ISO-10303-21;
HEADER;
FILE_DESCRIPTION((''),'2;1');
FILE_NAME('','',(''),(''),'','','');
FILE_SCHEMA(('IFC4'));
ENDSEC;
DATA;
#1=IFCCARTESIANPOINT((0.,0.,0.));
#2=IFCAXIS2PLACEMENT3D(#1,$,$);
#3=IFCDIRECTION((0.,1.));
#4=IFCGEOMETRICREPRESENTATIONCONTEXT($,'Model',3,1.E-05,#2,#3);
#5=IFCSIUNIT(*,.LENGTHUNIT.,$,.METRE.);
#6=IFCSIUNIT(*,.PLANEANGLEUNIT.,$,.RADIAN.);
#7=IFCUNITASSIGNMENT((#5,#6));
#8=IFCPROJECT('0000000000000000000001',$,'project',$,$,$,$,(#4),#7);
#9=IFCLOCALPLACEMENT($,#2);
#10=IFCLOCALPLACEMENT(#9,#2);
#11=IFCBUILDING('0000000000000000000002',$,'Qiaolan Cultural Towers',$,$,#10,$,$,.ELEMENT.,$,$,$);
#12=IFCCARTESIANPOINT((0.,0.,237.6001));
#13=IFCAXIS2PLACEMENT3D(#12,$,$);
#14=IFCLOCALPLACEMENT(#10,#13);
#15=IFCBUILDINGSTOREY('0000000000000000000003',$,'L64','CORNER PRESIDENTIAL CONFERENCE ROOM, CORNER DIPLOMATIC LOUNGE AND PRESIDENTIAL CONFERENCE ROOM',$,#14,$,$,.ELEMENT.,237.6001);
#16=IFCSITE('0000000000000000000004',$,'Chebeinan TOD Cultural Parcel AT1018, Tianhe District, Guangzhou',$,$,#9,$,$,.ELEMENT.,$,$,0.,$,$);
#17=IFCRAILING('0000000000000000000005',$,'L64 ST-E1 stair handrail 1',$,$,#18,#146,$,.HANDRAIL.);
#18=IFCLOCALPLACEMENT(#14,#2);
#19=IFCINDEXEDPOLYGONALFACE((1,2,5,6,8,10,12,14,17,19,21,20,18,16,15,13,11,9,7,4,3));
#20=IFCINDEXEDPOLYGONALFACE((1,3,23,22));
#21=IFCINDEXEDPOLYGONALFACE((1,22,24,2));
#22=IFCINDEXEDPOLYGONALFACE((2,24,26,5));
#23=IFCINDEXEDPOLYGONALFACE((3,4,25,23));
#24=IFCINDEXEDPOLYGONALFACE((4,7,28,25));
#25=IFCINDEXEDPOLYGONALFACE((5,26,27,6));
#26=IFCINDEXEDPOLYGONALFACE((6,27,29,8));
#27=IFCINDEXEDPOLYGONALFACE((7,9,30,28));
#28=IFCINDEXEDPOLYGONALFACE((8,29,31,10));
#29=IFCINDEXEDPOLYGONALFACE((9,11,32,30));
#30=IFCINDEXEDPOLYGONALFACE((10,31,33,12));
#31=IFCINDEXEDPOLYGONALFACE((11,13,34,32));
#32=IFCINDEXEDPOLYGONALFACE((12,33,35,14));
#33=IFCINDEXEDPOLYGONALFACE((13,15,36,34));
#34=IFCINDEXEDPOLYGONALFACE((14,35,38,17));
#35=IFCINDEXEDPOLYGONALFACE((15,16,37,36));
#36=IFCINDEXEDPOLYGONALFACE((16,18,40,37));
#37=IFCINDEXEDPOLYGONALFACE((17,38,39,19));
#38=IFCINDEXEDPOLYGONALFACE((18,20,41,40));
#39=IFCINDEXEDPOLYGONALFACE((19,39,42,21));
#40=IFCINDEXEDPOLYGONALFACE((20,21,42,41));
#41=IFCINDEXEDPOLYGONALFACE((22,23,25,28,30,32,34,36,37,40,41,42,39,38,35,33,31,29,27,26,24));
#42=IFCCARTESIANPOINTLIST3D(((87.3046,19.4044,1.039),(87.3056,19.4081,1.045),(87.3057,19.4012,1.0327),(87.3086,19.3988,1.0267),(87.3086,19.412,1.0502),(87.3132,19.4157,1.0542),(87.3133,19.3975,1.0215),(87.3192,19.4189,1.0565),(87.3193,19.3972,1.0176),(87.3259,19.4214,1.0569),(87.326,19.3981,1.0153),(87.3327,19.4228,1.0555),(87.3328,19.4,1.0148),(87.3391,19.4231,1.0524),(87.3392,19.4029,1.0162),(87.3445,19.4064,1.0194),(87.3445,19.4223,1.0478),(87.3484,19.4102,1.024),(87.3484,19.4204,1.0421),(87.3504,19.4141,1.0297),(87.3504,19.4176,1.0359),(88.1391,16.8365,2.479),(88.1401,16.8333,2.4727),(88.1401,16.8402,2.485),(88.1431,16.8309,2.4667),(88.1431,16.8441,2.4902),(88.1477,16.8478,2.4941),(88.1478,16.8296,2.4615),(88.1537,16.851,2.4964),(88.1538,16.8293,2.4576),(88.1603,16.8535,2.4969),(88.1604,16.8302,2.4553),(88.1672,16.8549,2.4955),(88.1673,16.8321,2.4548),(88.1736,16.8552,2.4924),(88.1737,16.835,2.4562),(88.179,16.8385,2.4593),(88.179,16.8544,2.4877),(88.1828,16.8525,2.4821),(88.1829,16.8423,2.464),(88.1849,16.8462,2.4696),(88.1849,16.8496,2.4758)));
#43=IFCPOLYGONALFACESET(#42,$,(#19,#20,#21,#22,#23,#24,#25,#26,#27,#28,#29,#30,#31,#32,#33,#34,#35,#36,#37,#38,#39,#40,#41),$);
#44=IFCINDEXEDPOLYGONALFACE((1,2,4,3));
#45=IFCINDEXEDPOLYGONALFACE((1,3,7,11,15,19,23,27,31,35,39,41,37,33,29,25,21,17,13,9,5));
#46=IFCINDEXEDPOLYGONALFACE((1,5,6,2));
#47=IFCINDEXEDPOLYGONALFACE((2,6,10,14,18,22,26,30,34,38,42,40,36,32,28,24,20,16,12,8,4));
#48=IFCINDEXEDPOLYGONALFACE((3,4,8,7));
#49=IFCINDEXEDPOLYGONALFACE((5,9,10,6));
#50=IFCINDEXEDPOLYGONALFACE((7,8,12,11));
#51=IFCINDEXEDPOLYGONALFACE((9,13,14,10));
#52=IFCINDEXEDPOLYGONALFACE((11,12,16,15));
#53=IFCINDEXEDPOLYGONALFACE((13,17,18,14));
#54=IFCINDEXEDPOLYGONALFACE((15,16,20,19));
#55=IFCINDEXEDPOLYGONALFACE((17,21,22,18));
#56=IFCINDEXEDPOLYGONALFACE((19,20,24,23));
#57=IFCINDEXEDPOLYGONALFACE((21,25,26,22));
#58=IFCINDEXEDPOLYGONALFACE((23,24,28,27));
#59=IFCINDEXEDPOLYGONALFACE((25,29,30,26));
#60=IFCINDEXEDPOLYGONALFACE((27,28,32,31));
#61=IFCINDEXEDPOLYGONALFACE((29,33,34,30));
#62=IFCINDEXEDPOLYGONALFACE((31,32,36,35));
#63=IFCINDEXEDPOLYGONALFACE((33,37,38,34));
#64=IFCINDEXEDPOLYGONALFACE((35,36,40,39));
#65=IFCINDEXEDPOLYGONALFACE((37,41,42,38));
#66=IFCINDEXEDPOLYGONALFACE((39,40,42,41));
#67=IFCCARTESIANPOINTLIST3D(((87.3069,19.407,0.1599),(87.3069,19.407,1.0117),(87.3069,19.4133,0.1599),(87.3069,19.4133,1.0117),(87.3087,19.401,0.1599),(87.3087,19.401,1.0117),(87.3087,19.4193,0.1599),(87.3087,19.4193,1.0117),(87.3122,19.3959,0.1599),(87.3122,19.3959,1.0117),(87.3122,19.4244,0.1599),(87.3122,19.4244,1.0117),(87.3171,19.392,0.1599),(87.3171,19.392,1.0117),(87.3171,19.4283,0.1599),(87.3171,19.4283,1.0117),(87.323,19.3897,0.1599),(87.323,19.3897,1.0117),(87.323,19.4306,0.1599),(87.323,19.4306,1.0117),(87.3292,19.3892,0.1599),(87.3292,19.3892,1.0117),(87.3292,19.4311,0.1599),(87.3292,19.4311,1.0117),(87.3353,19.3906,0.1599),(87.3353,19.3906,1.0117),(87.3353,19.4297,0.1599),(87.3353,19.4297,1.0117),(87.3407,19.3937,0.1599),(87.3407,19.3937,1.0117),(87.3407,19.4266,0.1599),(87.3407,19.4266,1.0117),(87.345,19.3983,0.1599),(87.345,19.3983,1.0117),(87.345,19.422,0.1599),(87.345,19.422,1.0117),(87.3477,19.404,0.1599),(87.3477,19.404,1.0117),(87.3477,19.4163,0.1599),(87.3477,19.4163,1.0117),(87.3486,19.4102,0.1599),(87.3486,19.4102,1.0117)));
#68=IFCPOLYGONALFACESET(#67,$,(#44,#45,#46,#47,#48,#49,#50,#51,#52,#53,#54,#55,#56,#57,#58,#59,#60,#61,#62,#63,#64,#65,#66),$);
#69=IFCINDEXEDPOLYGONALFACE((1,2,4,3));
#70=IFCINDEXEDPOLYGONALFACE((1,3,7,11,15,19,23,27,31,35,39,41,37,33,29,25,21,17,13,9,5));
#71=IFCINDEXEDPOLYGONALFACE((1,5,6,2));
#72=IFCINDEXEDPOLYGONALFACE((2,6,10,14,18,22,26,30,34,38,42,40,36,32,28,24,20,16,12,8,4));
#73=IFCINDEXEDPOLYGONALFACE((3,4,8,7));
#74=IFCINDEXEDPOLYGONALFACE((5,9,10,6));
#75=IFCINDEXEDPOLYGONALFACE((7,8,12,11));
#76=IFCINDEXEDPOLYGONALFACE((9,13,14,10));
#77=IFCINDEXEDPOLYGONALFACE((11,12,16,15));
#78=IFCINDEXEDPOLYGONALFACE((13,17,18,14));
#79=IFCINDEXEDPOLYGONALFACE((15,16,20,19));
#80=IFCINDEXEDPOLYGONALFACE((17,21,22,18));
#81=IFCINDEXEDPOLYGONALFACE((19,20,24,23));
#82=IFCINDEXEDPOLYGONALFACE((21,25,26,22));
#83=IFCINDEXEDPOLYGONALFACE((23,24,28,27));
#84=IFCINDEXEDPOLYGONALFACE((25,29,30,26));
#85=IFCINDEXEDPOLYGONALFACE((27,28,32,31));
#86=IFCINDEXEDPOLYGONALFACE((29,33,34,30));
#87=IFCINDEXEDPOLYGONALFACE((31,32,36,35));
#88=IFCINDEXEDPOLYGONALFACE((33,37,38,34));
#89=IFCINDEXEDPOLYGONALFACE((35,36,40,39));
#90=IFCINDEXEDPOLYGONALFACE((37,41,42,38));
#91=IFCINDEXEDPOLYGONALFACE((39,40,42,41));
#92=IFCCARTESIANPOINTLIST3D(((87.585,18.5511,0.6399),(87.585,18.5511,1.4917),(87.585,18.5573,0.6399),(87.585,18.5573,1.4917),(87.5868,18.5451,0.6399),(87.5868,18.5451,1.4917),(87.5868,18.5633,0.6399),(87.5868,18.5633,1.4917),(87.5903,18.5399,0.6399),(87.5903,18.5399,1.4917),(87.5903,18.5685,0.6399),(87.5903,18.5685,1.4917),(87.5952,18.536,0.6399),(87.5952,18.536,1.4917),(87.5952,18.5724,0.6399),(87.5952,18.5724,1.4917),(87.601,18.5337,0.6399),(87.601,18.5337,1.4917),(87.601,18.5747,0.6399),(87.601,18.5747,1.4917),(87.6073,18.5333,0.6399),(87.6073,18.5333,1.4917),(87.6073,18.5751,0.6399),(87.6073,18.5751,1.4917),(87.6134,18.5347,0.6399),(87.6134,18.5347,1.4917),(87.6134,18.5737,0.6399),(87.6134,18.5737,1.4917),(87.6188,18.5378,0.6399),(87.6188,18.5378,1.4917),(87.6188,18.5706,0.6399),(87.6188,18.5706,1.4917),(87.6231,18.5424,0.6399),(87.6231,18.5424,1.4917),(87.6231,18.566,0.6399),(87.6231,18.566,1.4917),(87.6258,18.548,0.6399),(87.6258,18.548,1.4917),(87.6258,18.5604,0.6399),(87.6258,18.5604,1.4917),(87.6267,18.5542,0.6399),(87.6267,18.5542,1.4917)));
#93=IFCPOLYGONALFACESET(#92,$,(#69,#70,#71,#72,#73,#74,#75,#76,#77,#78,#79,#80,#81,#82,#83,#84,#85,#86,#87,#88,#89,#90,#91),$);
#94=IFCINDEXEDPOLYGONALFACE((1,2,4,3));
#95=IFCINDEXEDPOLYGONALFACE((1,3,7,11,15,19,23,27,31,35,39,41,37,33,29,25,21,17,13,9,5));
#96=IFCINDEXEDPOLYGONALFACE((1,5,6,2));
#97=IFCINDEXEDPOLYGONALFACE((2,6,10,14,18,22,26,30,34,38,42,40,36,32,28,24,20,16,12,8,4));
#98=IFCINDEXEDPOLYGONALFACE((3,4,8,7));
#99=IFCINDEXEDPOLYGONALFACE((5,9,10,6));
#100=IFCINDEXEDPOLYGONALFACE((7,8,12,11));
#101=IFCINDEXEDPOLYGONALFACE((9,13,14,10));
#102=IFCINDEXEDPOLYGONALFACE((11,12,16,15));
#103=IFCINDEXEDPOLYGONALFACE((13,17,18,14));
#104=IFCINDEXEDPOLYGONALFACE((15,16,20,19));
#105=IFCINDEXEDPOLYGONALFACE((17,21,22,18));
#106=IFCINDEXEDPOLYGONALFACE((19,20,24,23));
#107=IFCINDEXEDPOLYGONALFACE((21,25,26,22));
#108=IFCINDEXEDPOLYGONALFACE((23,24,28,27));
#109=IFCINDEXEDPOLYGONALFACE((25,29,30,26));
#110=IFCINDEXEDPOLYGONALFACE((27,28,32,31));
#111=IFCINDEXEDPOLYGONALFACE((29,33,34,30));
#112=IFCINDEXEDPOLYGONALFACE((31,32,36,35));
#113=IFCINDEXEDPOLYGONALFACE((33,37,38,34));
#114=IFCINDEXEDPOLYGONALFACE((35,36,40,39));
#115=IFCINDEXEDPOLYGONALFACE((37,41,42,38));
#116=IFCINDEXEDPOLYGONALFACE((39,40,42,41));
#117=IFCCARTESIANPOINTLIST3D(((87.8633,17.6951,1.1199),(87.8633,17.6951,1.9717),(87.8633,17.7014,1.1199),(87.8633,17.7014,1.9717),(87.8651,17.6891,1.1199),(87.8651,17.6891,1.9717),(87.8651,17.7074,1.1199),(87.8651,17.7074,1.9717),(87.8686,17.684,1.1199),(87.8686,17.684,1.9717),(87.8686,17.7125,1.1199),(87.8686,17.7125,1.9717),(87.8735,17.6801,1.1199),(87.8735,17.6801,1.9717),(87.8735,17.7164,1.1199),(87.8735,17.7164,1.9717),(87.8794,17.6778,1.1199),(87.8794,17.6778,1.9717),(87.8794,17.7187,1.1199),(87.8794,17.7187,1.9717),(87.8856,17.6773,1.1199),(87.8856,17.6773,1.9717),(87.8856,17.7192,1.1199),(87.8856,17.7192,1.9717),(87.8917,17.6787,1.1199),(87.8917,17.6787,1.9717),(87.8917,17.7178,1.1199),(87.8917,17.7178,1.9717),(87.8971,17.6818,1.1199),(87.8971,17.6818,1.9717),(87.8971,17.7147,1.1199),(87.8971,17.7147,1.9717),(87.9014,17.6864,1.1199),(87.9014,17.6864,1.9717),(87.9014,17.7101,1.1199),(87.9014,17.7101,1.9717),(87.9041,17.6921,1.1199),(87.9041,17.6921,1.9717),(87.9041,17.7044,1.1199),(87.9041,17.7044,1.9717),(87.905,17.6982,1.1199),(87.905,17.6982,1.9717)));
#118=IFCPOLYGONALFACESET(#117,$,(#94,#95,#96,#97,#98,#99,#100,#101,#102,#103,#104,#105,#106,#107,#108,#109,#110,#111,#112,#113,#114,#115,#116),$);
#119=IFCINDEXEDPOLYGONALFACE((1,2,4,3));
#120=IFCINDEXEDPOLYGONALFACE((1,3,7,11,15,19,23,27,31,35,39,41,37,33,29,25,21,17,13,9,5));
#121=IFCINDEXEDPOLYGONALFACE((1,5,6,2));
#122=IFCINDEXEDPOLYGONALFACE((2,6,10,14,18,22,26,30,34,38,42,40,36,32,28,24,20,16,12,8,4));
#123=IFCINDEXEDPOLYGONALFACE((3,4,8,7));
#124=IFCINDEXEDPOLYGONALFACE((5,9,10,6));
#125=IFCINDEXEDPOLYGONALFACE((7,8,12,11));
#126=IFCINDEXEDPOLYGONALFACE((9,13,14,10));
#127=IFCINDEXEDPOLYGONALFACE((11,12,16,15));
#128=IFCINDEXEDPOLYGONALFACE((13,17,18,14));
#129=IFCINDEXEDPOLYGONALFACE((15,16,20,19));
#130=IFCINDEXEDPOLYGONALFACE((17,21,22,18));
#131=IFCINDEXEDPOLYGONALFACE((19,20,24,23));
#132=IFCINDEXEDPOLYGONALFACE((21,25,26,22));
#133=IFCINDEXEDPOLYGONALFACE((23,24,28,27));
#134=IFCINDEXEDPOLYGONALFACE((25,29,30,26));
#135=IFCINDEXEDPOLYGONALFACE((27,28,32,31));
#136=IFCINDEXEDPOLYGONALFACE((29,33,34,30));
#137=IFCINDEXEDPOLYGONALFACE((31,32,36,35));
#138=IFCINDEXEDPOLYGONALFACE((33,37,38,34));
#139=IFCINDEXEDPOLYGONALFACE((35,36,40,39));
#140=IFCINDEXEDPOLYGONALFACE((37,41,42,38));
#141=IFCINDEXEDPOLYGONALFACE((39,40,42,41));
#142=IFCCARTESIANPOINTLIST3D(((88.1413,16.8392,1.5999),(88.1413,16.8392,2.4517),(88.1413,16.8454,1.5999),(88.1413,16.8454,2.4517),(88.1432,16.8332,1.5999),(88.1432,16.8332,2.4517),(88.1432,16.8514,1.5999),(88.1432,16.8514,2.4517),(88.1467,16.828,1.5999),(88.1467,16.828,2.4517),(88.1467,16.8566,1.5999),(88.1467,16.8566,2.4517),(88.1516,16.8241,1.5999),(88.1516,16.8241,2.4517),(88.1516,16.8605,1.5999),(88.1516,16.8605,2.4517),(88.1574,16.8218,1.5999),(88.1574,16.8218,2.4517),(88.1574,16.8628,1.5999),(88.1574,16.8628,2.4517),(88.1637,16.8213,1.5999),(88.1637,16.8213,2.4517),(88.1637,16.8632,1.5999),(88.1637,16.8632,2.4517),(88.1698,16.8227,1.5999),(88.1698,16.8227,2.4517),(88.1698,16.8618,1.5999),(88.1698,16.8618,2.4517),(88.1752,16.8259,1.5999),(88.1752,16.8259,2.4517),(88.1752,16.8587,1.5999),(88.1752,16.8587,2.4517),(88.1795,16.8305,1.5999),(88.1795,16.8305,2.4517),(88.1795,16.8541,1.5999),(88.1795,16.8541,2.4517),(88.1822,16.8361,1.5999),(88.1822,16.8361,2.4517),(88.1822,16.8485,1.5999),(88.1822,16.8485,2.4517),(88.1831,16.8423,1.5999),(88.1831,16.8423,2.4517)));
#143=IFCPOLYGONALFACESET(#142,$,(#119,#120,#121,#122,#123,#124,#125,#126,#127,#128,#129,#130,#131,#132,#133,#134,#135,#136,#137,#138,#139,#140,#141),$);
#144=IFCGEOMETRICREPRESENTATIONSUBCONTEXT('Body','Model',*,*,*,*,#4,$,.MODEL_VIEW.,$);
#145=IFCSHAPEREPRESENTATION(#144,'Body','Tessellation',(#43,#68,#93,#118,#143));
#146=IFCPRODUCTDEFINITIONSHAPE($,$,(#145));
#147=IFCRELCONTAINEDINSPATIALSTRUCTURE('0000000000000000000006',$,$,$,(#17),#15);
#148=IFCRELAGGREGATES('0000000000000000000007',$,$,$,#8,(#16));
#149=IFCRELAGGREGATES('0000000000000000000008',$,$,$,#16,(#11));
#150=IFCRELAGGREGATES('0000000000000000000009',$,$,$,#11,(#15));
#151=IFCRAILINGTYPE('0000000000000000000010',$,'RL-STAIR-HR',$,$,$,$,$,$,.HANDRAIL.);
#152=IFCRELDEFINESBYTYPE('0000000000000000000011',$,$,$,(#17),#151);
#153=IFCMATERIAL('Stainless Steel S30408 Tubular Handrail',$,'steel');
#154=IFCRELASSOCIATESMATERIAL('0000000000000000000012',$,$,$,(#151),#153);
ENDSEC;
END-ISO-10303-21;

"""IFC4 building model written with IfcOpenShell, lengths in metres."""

from ifc_helpers import new_model, si_unit, direction, frame, origin, origin_2d, place, context, subcontext, project, spatial, circle, extrude, material, type_object, element, save


model = new_model("IFC4")

# Units and contexts
model_context = context("Model", 3, precision=1e-05, world=origin(), true_north=direction((0.0, 1.0)))
body_context = subcontext(model_context, "Body", "Model", "MODEL_VIEW")
ifc_project = project(units=[si_unit("LENGTHUNIT", "METRE"), si_unit("PLANEANGLEUNIT", "RADIAN")], contexts=[model_context])

# Site, building, storey
site_placement = place(None, origin())
site = spatial("IfcSite", under=ifc_project, at=site_placement, Name="Chebeinan TOD Cultural Parcel AT1018, Tianhe District, Guangzhou", CompositionType="ELEMENT", RefElevation=0.0)
building_placement = place(site_placement, origin())
building = spatial("IfcBuilding", under=site, at=building_placement, Name="Qiaolan Cultural Towers", CompositionType="ELEMENT")
storey_placement = place(building_placement, frame((0.0, 0.0, 237.6001)))
storey = spatial("IfcBuildingStorey", under=building, at=storey_placement, Name="L64", Description="CORNER PRESIDENTIAL CONFERENCE ROOM, CORNER DIPLOMATIC LOUNGE AND PRESIDENTIAL CONFERENCE ROOM", CompositionType="ELEMENT", Elevation=237.6001)

# Railing
ifc_material_1 = material(Name="Stainless Steel S30408 Tubular Handrail", Category="steel")
railing_type_1 = type_object("IfcRailingType", Name="RL-STAIR-HR", PredefinedType="HANDRAIL", material=ifc_material_1)
railing_1_placement = place(storey_placement, frame((87.3276, 19.4102, 0.1599)))
element("IfcRailing", 1, at=railing_1_placement, inside=storey, type_object=railing_type_1, Name="L64 ST-E1 stair handrail 1", PredefinedType="HANDRAIL", context=body_context, shape_type="SweptSolid", body=[
    extrude(circle(Radius=0.0239, at=origin_2d()), frame((0.0, 0.0, 0.876), z_axis=(0.272701, -0.839167, 0.470566), x_axis=(0.951043, 0.309057, 0.0)), (0.0, 0.0, 1.0), 3.0601),
    extrude(circle(Radius=0.021, at=origin_2d()), origin(), (0.0, 0.0, 1.0), 0.8518),
    extrude(circle(Radius=0.021, at=origin_2d()), frame((0.2781, -0.856, 0.48)), (0.0, 0.0, 1.0), 0.8518),
    extrude(circle(Radius=0.021, at=origin_2d()), frame((0.5564, -1.7119, 0.96)), (0.0, 0.0, 1.0), 0.8518),
    extrude(circle(Radius=0.021, at=origin_2d()), frame((0.8345, -2.5679, 1.4399)), (0.0, 0.0, 1.0), 0.8518),
])

save(model, "model.ifc")
